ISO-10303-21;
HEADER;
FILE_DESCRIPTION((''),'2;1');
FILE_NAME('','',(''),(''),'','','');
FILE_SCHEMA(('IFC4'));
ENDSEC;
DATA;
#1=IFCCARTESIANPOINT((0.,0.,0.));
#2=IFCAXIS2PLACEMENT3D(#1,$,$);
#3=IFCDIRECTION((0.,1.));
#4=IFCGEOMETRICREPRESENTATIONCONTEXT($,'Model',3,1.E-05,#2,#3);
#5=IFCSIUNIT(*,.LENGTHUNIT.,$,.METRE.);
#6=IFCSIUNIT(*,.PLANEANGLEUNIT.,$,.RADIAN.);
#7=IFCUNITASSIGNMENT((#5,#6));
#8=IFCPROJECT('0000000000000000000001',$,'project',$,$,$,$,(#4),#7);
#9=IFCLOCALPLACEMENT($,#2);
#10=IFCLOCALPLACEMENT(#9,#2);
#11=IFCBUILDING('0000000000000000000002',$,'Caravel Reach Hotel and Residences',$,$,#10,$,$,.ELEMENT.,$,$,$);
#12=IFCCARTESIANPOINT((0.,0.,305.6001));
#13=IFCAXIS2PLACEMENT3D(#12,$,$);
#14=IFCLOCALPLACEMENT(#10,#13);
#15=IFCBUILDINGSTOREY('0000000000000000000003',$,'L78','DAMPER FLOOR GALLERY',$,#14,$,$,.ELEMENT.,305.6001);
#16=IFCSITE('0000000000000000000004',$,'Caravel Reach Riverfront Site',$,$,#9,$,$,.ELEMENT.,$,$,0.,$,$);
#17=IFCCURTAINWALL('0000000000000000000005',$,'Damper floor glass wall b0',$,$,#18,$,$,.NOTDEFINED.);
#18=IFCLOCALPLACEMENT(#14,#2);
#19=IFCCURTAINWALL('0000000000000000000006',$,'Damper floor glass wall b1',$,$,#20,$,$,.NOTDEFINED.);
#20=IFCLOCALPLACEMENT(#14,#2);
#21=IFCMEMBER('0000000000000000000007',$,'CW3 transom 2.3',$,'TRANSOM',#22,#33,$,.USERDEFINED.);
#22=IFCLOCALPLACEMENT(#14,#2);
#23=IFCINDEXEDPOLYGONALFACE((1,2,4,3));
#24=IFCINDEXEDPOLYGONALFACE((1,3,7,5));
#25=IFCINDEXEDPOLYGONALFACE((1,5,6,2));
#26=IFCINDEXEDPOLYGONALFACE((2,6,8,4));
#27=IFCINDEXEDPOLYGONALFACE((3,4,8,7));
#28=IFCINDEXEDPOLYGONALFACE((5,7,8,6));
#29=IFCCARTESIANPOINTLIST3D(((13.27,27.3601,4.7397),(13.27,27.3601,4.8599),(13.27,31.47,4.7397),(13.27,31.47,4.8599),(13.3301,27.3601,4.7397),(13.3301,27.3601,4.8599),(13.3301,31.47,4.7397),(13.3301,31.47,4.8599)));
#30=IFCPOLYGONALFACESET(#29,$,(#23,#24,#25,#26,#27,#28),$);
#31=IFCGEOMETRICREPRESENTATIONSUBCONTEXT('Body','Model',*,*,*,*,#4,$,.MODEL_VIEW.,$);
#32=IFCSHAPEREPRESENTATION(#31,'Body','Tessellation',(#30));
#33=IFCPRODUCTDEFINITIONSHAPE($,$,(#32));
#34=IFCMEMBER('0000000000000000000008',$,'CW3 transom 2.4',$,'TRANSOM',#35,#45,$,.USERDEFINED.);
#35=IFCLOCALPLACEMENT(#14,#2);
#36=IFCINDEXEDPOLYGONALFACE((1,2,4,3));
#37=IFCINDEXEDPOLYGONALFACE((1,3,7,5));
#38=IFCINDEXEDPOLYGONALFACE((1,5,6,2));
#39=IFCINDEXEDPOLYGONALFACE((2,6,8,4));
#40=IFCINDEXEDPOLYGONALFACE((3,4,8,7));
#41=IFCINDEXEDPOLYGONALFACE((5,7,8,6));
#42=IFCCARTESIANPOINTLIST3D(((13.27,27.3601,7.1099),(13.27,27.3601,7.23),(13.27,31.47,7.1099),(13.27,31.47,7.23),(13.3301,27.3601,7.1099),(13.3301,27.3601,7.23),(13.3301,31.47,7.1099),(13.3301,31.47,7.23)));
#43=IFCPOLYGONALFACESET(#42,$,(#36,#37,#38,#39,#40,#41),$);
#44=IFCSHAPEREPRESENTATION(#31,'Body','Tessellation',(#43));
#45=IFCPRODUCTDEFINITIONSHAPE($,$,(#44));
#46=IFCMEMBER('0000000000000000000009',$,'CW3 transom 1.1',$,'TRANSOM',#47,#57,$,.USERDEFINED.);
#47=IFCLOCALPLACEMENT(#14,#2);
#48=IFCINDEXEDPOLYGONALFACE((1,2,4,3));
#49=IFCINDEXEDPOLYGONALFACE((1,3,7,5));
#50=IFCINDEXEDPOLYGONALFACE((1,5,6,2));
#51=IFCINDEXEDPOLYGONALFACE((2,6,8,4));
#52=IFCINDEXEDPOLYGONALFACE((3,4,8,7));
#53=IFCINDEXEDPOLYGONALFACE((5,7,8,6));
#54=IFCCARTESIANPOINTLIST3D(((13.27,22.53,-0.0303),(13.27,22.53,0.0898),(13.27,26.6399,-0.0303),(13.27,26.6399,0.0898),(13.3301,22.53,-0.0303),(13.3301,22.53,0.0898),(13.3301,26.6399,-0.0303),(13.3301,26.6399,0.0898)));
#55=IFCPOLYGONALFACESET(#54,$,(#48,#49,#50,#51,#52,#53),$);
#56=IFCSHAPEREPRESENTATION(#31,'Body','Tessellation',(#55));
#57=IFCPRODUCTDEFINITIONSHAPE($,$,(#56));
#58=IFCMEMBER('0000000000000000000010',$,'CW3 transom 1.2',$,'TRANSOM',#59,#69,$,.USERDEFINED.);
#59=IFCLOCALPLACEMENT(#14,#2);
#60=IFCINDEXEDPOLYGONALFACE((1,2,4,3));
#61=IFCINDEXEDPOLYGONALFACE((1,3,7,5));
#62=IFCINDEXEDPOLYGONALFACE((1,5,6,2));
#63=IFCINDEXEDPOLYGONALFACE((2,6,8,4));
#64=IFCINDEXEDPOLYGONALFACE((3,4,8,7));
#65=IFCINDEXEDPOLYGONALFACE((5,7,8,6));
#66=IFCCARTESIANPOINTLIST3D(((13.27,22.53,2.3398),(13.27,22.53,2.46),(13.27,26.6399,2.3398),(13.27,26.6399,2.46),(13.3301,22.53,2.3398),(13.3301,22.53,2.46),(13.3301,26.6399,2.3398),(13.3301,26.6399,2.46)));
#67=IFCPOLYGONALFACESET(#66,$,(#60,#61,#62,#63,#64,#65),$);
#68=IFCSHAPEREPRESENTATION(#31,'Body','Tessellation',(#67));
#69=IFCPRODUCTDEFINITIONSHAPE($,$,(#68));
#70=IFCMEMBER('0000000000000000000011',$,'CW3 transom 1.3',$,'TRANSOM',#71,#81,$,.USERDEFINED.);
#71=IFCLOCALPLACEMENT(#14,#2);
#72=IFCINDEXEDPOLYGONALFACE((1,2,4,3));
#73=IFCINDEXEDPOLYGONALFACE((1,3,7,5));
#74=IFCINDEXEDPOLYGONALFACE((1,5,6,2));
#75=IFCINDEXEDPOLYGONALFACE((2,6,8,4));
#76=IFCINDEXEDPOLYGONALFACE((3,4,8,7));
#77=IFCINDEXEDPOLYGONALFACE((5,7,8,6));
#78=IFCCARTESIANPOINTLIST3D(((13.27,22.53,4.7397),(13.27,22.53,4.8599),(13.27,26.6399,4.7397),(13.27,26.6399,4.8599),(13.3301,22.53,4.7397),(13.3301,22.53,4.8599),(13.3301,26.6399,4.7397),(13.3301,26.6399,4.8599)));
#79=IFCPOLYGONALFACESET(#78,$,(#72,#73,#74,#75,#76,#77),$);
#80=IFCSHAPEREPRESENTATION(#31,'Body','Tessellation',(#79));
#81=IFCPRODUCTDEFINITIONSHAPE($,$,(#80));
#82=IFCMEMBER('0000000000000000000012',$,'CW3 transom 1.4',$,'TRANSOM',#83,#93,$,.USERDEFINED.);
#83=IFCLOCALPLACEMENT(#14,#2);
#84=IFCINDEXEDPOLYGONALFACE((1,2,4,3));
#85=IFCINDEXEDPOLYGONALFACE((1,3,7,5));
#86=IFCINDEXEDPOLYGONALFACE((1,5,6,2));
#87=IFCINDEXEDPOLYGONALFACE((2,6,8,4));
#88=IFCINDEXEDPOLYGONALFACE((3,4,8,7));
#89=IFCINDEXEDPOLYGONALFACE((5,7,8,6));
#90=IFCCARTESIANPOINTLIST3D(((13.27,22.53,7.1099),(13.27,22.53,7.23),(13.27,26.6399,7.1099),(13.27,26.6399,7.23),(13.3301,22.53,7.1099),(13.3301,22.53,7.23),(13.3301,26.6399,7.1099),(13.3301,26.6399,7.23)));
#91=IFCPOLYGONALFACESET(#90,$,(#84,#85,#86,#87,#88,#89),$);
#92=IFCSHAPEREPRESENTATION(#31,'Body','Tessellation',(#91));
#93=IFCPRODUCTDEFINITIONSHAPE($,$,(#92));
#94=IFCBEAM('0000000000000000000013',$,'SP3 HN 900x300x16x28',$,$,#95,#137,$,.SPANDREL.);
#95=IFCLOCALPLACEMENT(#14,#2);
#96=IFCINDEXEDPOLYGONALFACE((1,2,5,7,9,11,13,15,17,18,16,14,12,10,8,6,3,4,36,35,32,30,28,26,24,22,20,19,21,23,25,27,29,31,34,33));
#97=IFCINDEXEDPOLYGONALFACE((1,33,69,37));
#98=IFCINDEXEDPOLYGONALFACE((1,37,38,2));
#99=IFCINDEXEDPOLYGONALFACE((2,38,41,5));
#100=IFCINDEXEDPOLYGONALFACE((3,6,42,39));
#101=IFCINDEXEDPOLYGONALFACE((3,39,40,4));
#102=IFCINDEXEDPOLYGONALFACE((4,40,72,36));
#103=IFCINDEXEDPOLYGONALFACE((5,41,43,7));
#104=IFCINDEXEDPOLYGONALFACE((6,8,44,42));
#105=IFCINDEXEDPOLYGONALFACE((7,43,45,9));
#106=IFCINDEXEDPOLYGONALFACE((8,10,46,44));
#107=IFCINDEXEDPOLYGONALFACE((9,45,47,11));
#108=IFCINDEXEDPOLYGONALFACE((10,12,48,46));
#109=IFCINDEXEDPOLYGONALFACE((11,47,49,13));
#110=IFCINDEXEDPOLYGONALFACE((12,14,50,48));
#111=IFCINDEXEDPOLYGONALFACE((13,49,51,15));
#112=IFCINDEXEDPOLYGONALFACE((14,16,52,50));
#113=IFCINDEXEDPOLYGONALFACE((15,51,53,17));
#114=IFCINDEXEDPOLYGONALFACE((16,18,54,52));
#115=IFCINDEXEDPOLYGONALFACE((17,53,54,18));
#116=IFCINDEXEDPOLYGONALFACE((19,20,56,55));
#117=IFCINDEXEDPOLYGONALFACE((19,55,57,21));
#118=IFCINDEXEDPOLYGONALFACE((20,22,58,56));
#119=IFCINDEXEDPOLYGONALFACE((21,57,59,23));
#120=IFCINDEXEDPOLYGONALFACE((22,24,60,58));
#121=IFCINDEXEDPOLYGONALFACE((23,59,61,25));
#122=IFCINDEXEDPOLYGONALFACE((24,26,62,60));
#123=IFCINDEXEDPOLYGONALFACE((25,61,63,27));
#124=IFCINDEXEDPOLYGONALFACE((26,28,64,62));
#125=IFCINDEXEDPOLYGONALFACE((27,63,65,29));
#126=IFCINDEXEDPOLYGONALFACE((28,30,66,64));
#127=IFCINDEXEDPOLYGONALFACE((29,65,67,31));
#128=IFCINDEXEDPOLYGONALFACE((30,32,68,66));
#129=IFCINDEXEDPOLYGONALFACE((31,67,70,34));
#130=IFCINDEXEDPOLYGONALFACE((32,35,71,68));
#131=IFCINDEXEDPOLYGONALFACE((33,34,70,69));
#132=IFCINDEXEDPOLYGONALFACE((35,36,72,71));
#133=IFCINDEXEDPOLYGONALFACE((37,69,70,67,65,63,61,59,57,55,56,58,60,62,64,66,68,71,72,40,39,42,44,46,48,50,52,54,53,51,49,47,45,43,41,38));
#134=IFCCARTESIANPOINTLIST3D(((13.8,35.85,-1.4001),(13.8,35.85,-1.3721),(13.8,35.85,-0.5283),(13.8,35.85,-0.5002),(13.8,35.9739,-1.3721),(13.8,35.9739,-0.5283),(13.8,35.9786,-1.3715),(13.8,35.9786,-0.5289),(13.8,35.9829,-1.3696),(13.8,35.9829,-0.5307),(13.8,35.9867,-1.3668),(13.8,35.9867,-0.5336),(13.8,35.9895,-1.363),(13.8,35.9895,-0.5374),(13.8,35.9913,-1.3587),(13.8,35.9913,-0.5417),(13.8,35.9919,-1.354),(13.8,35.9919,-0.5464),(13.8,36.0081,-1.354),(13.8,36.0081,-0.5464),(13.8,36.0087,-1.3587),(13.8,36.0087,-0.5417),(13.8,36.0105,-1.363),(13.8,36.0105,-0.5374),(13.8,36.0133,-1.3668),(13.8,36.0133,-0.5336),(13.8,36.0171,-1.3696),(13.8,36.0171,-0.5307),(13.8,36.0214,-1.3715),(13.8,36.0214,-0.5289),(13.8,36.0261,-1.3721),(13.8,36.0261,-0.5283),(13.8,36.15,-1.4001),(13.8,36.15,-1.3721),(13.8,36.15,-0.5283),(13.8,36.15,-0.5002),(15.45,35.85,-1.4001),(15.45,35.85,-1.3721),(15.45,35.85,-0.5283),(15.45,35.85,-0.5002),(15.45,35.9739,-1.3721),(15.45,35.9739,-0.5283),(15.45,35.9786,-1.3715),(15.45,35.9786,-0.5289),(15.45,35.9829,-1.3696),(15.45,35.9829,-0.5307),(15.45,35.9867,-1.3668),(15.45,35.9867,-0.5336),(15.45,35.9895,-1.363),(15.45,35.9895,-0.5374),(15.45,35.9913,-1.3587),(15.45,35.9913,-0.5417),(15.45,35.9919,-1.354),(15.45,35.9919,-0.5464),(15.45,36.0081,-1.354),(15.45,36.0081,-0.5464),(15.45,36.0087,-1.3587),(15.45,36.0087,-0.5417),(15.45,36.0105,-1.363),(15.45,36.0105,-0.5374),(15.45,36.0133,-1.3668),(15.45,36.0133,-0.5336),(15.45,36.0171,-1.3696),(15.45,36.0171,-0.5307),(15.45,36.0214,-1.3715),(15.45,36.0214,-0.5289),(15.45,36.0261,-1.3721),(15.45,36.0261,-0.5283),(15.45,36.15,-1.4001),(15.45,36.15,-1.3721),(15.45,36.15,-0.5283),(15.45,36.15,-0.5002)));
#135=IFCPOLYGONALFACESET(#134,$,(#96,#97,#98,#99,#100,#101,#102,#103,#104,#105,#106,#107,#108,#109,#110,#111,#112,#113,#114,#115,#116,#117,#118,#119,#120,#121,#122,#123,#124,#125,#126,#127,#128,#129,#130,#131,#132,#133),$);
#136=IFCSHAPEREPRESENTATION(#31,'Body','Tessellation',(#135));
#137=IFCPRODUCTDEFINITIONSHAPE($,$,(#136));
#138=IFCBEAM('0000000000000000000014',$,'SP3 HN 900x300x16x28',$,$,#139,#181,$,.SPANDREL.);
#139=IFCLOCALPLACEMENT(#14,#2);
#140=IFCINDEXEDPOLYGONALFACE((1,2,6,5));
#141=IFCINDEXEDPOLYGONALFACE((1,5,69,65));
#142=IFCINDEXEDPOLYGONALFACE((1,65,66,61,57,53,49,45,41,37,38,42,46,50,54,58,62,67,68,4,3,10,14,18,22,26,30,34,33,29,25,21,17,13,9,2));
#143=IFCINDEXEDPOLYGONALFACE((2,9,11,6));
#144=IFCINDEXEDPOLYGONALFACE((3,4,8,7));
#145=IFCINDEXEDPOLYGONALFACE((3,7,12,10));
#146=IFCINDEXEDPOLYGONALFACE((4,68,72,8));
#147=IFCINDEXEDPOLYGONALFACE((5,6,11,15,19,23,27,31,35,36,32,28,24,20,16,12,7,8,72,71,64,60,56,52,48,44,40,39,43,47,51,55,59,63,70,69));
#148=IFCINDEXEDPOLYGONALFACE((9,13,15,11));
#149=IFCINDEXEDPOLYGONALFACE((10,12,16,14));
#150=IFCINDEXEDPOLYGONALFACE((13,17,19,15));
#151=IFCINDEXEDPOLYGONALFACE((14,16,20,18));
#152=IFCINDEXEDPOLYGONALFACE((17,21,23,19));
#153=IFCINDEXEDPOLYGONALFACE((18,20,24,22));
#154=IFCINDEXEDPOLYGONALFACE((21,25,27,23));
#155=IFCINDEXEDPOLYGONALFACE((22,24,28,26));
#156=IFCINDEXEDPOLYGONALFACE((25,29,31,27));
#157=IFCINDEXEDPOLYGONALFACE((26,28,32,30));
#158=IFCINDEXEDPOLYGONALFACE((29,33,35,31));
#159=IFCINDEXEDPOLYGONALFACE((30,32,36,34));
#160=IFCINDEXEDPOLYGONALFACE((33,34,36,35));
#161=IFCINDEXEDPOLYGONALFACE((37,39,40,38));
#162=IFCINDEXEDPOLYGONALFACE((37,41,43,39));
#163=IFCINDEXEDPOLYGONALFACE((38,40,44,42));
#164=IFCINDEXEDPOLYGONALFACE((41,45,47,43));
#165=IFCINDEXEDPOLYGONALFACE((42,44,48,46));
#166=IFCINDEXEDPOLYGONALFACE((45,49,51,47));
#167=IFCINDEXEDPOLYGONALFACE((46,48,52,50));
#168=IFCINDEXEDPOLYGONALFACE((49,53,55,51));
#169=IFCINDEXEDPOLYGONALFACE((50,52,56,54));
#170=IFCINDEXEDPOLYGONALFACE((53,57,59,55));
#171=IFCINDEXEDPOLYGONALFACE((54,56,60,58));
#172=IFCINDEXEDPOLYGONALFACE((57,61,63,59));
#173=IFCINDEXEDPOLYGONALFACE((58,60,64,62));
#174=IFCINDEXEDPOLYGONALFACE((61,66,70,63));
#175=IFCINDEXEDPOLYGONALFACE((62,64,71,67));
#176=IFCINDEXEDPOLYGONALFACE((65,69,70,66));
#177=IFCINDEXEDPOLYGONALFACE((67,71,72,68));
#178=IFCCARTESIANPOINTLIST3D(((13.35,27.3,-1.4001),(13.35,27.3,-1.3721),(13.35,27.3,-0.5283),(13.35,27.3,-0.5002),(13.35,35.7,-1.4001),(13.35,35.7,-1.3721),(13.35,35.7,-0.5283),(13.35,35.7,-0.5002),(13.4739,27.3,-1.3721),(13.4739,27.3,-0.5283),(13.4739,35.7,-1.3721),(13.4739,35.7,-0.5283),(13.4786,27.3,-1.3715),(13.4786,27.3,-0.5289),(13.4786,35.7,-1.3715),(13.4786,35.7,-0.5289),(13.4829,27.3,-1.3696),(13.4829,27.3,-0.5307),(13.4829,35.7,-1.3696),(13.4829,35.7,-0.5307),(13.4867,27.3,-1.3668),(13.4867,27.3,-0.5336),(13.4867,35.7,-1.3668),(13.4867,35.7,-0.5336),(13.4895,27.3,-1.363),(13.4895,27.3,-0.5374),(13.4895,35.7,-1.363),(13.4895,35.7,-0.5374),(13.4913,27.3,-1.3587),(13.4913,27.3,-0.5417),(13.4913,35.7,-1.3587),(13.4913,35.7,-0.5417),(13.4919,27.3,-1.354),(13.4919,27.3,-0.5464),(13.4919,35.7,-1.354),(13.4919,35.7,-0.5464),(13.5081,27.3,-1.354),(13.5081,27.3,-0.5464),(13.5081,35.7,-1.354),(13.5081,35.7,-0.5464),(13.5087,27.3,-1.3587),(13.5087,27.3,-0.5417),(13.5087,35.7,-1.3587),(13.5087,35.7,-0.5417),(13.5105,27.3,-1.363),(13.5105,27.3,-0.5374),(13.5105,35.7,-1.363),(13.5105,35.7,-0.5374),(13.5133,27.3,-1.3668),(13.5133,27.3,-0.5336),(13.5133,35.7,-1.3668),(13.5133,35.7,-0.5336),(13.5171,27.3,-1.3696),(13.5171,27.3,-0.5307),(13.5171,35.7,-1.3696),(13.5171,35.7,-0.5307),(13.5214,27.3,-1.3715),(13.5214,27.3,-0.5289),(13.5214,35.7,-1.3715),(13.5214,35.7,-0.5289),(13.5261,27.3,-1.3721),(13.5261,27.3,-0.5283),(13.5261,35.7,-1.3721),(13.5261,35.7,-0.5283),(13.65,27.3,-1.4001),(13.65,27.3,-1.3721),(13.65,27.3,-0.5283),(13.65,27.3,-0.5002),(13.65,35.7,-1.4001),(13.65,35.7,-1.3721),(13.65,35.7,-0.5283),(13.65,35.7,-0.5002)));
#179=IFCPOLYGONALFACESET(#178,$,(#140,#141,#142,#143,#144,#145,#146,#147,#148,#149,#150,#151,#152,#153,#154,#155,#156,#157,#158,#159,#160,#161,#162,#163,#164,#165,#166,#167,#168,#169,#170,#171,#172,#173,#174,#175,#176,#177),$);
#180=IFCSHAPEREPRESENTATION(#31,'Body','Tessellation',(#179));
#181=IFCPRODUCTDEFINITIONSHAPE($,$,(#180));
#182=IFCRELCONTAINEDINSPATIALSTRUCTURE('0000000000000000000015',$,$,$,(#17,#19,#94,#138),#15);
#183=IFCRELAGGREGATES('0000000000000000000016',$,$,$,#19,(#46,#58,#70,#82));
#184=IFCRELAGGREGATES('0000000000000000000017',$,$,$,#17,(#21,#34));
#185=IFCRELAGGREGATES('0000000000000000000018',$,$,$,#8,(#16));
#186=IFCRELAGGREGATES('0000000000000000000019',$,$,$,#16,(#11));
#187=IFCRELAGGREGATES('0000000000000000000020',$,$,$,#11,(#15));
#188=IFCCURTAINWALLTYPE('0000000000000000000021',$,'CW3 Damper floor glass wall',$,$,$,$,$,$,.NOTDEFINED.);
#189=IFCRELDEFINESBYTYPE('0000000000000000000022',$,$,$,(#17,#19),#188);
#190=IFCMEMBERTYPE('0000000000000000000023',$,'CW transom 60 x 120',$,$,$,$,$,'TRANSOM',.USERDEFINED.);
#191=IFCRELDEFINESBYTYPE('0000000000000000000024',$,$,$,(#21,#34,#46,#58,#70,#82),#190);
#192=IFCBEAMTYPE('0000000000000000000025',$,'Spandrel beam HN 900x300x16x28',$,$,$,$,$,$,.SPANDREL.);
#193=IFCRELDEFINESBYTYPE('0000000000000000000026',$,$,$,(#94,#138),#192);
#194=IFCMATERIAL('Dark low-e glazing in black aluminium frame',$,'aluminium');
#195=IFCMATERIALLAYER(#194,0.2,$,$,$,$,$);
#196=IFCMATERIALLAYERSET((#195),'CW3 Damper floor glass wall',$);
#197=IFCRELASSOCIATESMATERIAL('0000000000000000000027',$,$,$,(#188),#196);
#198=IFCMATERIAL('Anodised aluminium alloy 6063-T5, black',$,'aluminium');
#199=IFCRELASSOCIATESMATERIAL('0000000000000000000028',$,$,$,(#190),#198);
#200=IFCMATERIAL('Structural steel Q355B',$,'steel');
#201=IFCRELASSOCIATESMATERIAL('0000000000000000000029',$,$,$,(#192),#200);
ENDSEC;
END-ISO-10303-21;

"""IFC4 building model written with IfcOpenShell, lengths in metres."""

from ifc_helpers import new_model, si_unit, direction, frame, origin, origin_2d, place, context, subcontext, project, spatial, rectangle, i_section, extrude, material, layer, layer_set, material_profile, profile_set, type_object, element, aggregate, save


model = new_model("IFC4")

# Units and contexts
model_context = context("Model", 3, precision=1e-05, world=origin(), true_north=direction((0.0, 1.0)))
body_context = subcontext(model_context, "Body", "Model", "MODEL_VIEW")
ifc_project = project(units=[si_unit("LENGTHUNIT", "METRE"), si_unit("PLANEANGLEUNIT", "RADIAN")], contexts=[model_context])

# Site, building, storey
site_placement = place(None, origin())
site = spatial("IfcSite", under=ifc_project, at=site_placement, Name="Caravel Reach Riverfront Site", CompositionType="ELEMENT", RefElevation=0.0)
building_placement = place(site_placement, origin())
building = spatial("IfcBuilding", under=site, at=building_placement, Name="Caravel Reach Hotel and Residences", CompositionType="ELEMENT")
storey_placement = place(building_placement, frame((0.0, 0.0, 305.6001)))
storey = spatial("IfcBuildingStorey", under=building, at=storey_placement, Name="L78", Description="DAMPER FLOOR GALLERY", CompositionType="ELEMENT", Elevation=305.6001)

# Shared definitions
ifc_material_1 = material(Name="Dark low-e glazing in black aluminium frame", Category="aluminium")
ifc_layer_1 = layer(ifc_material_1, 0.2)
ifc_layer_set_1 = layer_set([ifc_layer_1], Name="CW3 Damper floor glass wall")
curtain_wall_type = type_object("IfcCurtainWallType", Name="CW3 Damper floor glass wall", PredefinedType="NOTDEFINED", material=ifc_layer_set_1)

# Curtain wall
curtain_wall_1_placement = place(storey_placement, origin())
curtain_wall_1 = element("IfcCurtainWall", 1, at=curtain_wall_1_placement, inside=storey, type_object=curtain_wall_type, Name="Damper floor glass wall b0", PredefinedType="NOTDEFINED")

# Curtain wall
curtain_wall_2_placement = place(storey_placement, origin())
curtain_wall_2 = element("IfcCurtainWall", 2, at=curtain_wall_2_placement, inside=storey, type_object=curtain_wall_type, Name="Damper floor glass wall b1", PredefinedType="NOTDEFINED")

# Members
ifc_material_2 = material(Name="Anodised aluminium alloy 6063-T5, black", Category="aluminium")
ifc_material_profile_1 = material_profile(ifc_material_2, rectangle(XDim=0.0601, YDim=0.1201, at=origin_2d()), Name="CW transom 60 x 120")
ifc_profile_set_1 = profile_set([ifc_material_profile_1], Name="Anodised aluminium alloy 6063-T5, black")
member_type_1 = type_object("IfcMemberType", Name="CW transom 60 x 120", ElementType="TRANSOM", PredefinedType="USERDEFINED", material=ifc_profile_set_1)
member_1_placement = place(storey_placement, frame((13.3, 31.47, 4.7998), z_axis=(0.0, -1.0, 0.0), x_axis=(1.0, 0.0, 0.0)))
member_1 = element("IfcMember", 3, at=member_1_placement, type_object=member_type_1, Name="CW3 transom 2.3", ObjectType="TRANSOM", PredefinedType="USERDEFINED", context=body_context, shape_type="SweptSolid", body=[
    extrude(rectangle(XDim=0.0601, YDim=0.1201, at=origin_2d()), origin(), (0.0, 0.0, 1.0), 4.1099),
])
member_2_placement = place(storey_placement, frame((13.3, 31.47, 7.1699), z_axis=(0.0, -1.0, 0.0), x_axis=(1.0, 0.0, 0.0)))
member_2 = element("IfcMember", 4, at=member_2_placement, type_object=member_type_1, Name="CW3 transom 2.4", ObjectType="TRANSOM", PredefinedType="USERDEFINED", context=body_context, shape_type="SweptSolid", body=[
    extrude(rectangle(XDim=0.0601, YDim=0.1201, at=origin_2d()), origin(), (0.0, 0.0, 1.0), 4.1099),
])
member_3_placement = place(storey_placement, frame((13.3, 26.6399, 0.0298), z_axis=(0.0, -1.0, 0.0), x_axis=(1.0, 0.0, 0.0)))
member_3 = element("IfcMember", 5, at=member_3_placement, type_object=member_type_1, Name="CW3 transom 1.1", ObjectType="TRANSOM", PredefinedType="USERDEFINED", context=body_context, shape_type="SweptSolid", body=[
    extrude(rectangle(XDim=0.0601, YDim=0.1201, at=origin_2d()), origin(), (0.0, 0.0, 1.0), 4.1099),
])
member_4_placement = place(storey_placement, frame((13.3, 26.6399, 2.3999), z_axis=(0.0, -1.0, 0.0), x_axis=(1.0, 0.0, 0.0)))
member_4 = element("IfcMember", 6, at=member_4_placement, type_object=member_type_1, Name="CW3 transom 1.2", ObjectType="TRANSOM", PredefinedType="USERDEFINED", context=body_context, shape_type="SweptSolid", body=[
    extrude(rectangle(XDim=0.0601, YDim=0.1201, at=origin_2d()), origin(), (0.0, 0.0, 1.0), 4.1099),
])
member_5_placement = place(storey_placement, frame((13.3, 26.6399, 4.7998), z_axis=(0.0, -1.0, 0.0), x_axis=(1.0, 0.0, 0.0)))
member_5 = element("IfcMember", 7, at=member_5_placement, type_object=member_type_1, Name="CW3 transom 1.3", ObjectType="TRANSOM", PredefinedType="USERDEFINED", context=body_context, shape_type="SweptSolid", body=[
    extrude(rectangle(XDim=0.0601, YDim=0.1201, at=origin_2d()), origin(), (0.0, 0.0, 1.0), 4.1099),
])
member_6_placement = place(storey_placement, frame((13.3, 26.6399, 7.1699), z_axis=(0.0, -1.0, 0.0), x_axis=(1.0, 0.0, 0.0)))
member_6 = element("IfcMember", 8, at=member_6_placement, type_object=member_type_1, Name="CW3 transom 1.4", ObjectType="TRANSOM", PredefinedType="USERDEFINED", context=body_context, shape_type="SweptSolid", body=[
    extrude(rectangle(XDim=0.0601, YDim=0.1201, at=origin_2d()), origin(), (0.0, 0.0, 1.0), 4.1099),
])
aggregate(curtain_wall_2, [member_3, member_4, member_5, member_6])

# Beams
ifc_material_3 = material(Name="Structural steel Q355B", Category="steel")
ifc_material_profile_2 = material_profile(ifc_material_3, i_section(OverallWidth=0.3, OverallDepth=0.8999, WebThickness=0.0161, FlangeThickness=0.0281, FilletRadius=0.0181, at=origin_2d()), Name="HN 900x300x16x28")
ifc_profile_set_2 = profile_set([ifc_material_profile_2], Name="Structural steel Q355B")
beam_type = type_object("IfcBeamType", Name="Spandrel beam HN 900x300x16x28", PredefinedType="SPANDREL", material=ifc_profile_set_2)
beam_placement = place(storey_placement, frame((15.45, 36.0, -0.9502), z_axis=(-1.0, 0.0, 0.0), x_axis=(0.0, -1.0, 0.0)))
element("IfcBeam", 9, at=beam_placement, inside=storey, type_object=beam_type, Name="SP3 HN 900x300x16x28", PredefinedType="SPANDREL", context=body_context, shape_type="SweptSolid", body=[
    extrude(i_section(OverallWidth=0.3, OverallDepth=0.8999, WebThickness=0.0161, FlangeThickness=0.0281, FilletRadius=0.0181, at=origin_2d()), origin(), (0.0, 0.0, 1.0), 1.6499),
])
for number, where, z_axis, x_axis, name in (
    (10, (13.5, 35.7, -0.9502), (0.0, -1.0, 0.0), (1.0, 0.0, 0.0), "SP3 HN 900x300x16x28"),
):
    element("IfcBeam", number, at=place(storey_placement, frame(where, z_axis=z_axis, x_axis=x_axis)), inside=storey, type_object=beam_type, Name=name, PredefinedType="SPANDREL", context=body_context, shape_type="SweptSolid", body=[
        extrude(i_section(OverallWidth=0.3, OverallDepth=0.8999, WebThickness=0.0161, FlangeThickness=0.0281, FilletRadius=0.0181, at=origin_2d()), origin(), (0.0, 0.0, 1.0), 8.3999),
    ])

aggregate(curtain_wall_1, [member_1, member_2])

save(model, "model.ifc")
